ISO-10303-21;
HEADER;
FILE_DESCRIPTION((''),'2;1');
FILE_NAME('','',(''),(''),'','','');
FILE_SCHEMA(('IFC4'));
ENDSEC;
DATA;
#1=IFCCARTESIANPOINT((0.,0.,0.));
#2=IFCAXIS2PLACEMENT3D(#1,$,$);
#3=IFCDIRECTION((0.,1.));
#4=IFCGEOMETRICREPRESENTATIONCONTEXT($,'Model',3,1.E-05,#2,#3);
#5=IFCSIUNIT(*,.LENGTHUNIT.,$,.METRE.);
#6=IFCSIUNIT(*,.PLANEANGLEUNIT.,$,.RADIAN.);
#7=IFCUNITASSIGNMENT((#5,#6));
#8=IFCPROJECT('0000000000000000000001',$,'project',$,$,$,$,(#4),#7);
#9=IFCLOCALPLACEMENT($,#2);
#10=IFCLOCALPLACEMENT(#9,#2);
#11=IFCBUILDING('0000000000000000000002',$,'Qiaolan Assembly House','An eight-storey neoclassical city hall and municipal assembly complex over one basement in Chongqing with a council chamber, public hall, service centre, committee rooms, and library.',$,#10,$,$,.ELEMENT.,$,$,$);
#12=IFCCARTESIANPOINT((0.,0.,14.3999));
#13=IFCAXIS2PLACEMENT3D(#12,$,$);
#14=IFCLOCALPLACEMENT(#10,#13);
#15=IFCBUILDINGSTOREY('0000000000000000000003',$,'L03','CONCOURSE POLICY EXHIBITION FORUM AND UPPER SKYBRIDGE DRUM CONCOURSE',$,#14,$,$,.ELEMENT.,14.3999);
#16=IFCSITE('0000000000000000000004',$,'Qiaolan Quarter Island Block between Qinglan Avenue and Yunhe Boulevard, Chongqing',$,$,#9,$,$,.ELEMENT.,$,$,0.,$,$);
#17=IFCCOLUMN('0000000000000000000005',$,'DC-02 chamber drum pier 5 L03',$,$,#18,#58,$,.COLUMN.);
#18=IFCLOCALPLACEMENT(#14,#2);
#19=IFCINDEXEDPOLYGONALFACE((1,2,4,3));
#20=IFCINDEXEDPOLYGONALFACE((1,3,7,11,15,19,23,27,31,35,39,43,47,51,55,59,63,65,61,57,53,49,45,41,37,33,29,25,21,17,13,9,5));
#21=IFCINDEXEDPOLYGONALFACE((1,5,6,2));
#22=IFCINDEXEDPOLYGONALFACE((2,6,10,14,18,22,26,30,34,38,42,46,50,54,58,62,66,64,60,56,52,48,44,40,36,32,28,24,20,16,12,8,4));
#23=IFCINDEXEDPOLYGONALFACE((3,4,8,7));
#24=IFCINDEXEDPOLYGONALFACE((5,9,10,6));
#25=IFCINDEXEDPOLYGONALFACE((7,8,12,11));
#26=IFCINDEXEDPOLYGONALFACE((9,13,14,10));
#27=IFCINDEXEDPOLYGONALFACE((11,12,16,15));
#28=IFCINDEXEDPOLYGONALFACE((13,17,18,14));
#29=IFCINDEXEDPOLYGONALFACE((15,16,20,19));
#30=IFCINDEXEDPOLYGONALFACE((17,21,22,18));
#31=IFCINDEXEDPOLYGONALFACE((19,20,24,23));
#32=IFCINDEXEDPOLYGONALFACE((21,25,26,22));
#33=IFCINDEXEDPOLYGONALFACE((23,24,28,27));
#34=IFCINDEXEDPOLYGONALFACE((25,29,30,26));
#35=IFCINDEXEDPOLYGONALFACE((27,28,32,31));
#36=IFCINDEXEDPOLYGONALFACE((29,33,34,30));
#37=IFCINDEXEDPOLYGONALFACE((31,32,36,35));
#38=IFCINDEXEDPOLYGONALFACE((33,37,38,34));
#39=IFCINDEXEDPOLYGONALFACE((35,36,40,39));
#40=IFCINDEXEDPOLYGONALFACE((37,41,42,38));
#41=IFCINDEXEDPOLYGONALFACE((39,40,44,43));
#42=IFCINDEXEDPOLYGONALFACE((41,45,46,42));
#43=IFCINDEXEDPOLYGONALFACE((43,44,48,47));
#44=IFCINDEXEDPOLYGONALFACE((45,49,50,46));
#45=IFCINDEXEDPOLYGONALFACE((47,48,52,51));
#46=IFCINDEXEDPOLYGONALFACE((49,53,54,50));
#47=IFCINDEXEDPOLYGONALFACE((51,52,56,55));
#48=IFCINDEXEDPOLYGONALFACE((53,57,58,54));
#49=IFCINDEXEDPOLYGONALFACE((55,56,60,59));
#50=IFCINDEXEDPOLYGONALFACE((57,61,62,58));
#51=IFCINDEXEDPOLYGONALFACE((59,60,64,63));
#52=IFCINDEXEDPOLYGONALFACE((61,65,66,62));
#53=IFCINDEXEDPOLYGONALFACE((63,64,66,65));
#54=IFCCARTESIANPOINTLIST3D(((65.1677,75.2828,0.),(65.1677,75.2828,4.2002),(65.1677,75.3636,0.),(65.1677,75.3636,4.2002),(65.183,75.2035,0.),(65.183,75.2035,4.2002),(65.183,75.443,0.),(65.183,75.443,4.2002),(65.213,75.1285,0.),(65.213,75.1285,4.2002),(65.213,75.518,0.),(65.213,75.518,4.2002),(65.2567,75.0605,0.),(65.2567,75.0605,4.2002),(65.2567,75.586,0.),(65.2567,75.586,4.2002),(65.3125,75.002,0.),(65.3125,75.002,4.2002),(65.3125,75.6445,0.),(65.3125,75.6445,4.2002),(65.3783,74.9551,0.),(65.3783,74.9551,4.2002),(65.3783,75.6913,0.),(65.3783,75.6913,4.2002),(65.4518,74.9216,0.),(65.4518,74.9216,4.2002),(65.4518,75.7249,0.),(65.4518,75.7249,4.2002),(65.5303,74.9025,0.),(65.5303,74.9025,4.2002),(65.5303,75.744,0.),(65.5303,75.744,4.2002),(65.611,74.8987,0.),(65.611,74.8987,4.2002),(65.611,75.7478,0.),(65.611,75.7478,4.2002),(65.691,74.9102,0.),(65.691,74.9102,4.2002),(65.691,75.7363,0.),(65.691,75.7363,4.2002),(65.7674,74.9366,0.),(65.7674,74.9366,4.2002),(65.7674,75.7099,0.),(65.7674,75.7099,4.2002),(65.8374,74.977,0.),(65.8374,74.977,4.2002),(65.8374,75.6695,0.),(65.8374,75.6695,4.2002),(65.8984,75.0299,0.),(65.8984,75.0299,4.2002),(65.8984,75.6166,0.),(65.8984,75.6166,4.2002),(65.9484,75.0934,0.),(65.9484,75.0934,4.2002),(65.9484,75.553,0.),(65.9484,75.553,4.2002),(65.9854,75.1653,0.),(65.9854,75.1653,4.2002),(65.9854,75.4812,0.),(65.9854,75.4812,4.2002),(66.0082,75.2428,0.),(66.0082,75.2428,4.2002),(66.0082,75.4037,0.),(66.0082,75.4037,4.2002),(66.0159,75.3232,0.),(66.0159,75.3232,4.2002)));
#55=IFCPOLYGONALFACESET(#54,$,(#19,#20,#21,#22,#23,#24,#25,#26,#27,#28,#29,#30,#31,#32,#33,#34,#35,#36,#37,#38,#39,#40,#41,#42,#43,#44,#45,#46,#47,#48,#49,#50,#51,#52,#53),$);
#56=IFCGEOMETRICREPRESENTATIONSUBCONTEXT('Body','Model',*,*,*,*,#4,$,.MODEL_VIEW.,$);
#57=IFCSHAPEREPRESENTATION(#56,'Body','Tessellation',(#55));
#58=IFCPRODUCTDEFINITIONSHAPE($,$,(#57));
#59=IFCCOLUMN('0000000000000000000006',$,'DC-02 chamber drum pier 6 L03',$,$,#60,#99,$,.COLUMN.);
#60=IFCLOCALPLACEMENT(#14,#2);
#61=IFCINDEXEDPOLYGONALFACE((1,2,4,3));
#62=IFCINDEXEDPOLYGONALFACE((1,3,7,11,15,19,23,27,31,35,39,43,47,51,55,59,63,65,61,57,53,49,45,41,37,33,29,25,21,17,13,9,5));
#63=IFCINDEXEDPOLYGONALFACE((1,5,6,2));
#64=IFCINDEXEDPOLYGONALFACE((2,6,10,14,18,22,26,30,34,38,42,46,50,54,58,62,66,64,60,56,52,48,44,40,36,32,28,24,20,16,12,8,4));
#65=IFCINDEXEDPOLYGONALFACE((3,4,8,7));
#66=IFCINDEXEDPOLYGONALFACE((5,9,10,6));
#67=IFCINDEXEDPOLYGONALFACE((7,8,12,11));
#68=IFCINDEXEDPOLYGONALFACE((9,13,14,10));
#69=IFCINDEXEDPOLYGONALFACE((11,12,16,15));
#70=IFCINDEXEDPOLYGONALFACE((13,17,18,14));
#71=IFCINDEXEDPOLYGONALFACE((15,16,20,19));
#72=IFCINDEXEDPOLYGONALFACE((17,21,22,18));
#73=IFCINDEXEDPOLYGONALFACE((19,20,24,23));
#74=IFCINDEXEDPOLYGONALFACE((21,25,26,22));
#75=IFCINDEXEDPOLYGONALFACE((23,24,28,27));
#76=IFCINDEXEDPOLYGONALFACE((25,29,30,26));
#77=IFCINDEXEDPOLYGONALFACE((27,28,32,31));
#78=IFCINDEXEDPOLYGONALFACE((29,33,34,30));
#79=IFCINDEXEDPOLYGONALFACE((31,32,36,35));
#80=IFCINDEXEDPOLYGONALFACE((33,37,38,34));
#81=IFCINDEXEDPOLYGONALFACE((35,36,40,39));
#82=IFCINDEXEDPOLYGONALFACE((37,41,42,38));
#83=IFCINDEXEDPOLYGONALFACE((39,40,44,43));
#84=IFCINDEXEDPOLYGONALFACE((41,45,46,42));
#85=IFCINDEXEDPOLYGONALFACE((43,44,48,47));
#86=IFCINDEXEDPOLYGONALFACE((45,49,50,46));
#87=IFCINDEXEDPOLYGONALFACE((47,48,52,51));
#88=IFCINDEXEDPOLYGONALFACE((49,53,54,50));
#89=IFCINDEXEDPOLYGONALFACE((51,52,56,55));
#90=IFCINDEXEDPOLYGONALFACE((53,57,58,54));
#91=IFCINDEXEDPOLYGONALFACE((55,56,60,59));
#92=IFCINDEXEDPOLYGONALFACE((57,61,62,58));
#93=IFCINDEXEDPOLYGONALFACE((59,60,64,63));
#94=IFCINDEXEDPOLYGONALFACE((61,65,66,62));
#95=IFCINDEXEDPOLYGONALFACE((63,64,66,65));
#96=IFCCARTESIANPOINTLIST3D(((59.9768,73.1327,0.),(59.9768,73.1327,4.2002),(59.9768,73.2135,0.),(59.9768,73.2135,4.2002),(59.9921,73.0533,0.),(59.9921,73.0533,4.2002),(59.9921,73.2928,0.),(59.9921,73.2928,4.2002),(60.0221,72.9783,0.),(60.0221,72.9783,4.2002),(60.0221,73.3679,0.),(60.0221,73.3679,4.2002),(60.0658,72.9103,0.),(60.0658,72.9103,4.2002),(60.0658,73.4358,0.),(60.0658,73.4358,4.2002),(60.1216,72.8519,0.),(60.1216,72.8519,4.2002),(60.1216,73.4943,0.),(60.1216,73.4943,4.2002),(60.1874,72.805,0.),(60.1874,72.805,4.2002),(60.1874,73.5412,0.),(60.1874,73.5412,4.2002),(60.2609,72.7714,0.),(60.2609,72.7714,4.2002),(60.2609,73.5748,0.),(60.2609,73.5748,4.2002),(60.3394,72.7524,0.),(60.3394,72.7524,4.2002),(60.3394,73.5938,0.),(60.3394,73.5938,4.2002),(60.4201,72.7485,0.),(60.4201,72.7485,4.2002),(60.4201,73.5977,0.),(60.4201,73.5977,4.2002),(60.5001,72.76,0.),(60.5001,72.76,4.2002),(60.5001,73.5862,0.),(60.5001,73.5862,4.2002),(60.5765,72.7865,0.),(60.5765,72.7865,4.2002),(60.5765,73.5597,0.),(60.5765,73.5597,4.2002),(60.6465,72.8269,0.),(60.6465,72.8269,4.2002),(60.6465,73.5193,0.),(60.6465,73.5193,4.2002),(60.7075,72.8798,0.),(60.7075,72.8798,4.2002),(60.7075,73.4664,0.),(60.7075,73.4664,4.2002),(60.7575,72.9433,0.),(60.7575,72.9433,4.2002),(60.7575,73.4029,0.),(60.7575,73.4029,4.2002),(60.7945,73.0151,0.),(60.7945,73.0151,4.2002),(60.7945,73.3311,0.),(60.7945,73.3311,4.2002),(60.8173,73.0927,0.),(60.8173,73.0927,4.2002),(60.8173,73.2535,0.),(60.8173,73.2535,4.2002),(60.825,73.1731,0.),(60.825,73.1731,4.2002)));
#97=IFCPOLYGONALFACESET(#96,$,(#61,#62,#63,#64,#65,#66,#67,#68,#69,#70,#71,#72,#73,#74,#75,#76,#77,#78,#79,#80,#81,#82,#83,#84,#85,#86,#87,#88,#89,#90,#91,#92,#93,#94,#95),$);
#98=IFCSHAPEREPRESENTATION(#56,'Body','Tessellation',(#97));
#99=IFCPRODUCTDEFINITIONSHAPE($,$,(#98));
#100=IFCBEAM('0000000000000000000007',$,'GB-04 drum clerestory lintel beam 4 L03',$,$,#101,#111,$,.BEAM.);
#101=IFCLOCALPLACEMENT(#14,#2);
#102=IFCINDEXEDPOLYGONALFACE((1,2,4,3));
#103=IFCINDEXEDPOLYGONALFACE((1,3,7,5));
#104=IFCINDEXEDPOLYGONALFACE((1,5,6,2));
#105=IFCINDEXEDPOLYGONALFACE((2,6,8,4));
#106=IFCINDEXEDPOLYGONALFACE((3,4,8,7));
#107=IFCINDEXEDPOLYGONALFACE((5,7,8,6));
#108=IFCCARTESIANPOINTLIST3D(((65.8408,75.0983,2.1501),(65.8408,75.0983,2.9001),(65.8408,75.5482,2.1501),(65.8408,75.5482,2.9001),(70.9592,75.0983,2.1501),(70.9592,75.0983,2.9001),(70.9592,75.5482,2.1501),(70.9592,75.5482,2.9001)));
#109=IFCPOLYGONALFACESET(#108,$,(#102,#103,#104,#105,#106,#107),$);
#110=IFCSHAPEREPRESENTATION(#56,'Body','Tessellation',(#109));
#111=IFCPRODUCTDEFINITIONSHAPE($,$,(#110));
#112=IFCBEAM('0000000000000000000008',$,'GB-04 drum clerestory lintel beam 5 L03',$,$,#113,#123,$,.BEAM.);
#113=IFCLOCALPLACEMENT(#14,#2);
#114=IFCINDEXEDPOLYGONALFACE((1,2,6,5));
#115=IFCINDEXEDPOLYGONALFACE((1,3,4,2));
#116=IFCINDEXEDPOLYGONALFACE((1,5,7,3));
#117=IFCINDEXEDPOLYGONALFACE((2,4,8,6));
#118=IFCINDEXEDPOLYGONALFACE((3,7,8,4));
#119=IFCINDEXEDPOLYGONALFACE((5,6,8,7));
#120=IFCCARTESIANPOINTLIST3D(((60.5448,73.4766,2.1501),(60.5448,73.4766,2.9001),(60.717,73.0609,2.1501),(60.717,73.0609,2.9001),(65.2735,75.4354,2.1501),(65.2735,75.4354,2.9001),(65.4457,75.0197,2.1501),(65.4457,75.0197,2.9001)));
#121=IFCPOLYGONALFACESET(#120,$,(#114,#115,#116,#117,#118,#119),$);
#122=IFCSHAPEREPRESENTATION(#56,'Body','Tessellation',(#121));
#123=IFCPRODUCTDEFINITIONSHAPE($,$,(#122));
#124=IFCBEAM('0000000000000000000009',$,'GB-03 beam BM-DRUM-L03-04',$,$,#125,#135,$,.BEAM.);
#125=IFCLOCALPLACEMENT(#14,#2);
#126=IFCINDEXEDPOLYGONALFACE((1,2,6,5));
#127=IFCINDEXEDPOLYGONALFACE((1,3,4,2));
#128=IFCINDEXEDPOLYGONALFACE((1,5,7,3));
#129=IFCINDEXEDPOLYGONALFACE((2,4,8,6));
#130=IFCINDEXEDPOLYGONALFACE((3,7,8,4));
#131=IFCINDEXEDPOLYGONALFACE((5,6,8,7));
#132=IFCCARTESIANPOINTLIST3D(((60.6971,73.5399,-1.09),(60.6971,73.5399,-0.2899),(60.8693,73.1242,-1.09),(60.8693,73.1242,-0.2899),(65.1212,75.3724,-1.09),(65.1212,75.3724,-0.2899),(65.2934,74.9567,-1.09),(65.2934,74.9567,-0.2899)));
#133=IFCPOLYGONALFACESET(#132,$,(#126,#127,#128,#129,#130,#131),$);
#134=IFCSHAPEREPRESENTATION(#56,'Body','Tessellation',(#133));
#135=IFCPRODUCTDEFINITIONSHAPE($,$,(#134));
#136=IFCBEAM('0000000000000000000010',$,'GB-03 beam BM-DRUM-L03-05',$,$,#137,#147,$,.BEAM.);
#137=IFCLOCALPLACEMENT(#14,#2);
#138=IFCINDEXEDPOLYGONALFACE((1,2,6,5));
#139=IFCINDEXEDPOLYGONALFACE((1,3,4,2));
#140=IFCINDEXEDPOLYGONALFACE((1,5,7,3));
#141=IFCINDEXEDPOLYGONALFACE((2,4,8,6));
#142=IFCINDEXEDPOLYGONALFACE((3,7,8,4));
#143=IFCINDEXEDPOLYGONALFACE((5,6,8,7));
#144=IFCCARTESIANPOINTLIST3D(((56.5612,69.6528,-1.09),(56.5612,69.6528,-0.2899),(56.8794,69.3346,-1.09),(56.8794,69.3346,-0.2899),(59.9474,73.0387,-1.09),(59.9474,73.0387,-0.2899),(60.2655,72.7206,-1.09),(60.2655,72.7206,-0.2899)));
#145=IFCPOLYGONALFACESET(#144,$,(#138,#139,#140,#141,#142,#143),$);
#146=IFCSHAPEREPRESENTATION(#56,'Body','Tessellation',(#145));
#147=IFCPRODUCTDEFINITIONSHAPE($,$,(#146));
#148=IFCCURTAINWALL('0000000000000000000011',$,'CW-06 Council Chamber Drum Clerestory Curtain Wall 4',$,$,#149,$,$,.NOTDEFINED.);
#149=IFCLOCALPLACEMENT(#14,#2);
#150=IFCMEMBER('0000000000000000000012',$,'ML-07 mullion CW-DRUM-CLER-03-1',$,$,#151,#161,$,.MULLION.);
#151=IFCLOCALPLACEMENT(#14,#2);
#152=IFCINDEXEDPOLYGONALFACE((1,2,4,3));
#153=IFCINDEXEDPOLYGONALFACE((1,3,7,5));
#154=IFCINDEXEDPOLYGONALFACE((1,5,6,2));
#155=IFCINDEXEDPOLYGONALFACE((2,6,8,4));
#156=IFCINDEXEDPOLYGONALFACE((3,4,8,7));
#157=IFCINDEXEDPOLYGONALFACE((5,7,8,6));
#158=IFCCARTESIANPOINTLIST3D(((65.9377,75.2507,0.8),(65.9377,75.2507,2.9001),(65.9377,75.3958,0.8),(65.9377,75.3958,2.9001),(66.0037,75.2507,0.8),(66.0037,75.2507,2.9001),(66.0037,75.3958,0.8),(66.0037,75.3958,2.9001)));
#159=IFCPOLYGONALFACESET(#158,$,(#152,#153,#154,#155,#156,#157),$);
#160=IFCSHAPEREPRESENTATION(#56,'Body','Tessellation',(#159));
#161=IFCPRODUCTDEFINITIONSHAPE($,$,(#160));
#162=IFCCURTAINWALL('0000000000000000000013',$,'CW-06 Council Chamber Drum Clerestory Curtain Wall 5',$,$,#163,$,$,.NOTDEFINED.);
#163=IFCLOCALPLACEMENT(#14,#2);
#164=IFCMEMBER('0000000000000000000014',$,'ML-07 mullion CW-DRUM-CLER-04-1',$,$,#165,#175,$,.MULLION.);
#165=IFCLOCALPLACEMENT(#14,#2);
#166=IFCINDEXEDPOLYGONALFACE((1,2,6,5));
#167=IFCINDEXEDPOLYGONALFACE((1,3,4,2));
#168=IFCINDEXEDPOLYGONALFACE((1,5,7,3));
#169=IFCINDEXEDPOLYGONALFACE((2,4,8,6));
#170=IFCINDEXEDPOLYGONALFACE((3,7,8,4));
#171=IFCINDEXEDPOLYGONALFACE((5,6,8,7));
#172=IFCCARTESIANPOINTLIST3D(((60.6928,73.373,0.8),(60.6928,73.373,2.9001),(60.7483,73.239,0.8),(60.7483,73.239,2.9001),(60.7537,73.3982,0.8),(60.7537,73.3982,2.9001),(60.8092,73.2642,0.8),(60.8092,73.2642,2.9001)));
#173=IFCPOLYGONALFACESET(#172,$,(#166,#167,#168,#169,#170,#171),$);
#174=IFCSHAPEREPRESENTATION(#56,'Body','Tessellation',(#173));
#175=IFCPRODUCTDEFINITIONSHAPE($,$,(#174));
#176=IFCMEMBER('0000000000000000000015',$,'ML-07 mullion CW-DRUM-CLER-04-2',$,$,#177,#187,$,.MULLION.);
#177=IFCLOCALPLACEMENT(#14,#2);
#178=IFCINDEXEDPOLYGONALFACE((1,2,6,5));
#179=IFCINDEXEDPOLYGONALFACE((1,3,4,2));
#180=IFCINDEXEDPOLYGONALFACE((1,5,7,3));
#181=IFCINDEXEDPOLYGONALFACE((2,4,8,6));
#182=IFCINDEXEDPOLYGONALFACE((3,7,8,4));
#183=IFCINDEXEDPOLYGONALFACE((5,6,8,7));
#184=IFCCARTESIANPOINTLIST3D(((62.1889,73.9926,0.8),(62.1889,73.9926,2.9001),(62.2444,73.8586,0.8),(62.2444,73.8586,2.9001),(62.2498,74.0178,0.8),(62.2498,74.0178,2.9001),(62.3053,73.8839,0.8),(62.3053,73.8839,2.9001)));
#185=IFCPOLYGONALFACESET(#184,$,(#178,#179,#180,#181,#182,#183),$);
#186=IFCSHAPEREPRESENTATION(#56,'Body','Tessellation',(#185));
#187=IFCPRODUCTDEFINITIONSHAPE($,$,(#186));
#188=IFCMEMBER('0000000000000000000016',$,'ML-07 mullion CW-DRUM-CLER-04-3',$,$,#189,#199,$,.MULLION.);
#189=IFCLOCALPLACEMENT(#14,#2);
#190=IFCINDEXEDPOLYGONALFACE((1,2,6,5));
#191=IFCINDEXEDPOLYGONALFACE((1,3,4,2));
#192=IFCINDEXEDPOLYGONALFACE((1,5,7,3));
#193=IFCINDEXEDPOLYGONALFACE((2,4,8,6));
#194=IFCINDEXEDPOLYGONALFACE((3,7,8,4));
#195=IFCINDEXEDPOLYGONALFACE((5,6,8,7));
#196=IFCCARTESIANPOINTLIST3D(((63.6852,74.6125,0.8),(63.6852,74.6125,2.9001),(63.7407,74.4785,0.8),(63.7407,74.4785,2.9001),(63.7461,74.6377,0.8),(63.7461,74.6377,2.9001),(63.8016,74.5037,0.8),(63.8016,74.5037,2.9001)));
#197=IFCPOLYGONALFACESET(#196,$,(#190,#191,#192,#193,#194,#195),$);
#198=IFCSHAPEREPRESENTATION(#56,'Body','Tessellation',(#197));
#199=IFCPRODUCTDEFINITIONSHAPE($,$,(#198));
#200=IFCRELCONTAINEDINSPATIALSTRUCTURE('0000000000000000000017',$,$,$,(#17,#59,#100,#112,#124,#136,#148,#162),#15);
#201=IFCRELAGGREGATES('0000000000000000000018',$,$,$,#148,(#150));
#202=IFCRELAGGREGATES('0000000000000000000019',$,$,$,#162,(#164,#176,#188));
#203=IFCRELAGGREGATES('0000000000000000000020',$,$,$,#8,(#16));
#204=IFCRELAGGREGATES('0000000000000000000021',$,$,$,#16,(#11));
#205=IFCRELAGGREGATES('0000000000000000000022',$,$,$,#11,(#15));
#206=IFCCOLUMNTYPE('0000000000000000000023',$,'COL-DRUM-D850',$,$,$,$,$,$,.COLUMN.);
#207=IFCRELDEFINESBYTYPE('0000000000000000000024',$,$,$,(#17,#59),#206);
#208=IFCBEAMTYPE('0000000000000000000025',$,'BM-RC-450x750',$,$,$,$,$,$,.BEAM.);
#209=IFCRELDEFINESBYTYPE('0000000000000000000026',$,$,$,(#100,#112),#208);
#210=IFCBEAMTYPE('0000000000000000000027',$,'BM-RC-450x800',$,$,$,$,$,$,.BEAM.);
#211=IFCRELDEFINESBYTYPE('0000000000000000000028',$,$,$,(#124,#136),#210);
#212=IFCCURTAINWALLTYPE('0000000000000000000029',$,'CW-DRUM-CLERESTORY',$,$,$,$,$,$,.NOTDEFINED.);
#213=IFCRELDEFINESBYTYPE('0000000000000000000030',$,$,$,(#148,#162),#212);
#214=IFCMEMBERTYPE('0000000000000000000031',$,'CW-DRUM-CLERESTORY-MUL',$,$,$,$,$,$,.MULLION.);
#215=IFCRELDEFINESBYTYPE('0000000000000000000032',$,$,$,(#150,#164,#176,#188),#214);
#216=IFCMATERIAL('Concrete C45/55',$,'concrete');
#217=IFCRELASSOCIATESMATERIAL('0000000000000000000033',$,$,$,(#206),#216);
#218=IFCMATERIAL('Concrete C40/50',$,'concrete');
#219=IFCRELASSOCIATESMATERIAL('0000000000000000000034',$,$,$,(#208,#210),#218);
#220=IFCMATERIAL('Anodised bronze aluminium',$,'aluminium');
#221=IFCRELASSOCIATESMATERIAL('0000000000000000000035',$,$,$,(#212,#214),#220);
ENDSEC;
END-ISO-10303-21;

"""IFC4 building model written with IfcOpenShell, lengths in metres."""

from ifc_helpers import new_model, si_unit, direction, frame, origin, origin_2d, place, context, subcontext, project, spatial, rectangle, circle, extrude, material, material_profile, profile_set, type_object, element, aggregate, save


model = new_model("IFC4")

# Units and contexts
model_context = context("Model", 3, precision=1e-05, world=origin(), true_north=direction((0.0, 1.0)))
body_context = subcontext(model_context, "Body", "Model", "MODEL_VIEW")
ifc_project = project(units=[si_unit("LENGTHUNIT", "METRE"), si_unit("PLANEANGLEUNIT", "RADIAN")], contexts=[model_context])

# Site, building, storey
site_placement = place(None, origin())
site = spatial("IfcSite", under=ifc_project, at=site_placement, Name="Qiaolan Quarter Island Block between Qinglan Avenue and Yunhe Boulevard, Chongqing", CompositionType="ELEMENT", RefElevation=0.0)
building_placement = place(site_placement, origin())
building = spatial("IfcBuilding", under=site, at=building_placement, Name="Qiaolan Assembly House", Description="An eight-storey neoclassical city hall and municipal assembly complex over one basement in Chongqing with a council chamber, public hall, service centre, committee rooms, and library.", CompositionType="ELEMENT")
storey_placement = place(building_placement, frame((0.0, 0.0, 14.3999)))
storey = spatial("IfcBuildingStorey", under=building, at=storey_placement, Name="L03", Description="CONCOURSE POLICY EXHIBITION FORUM AND UPPER SKYBRIDGE DRUM CONCOURSE", CompositionType="ELEMENT", Elevation=14.3999)

# Columns
ifc_material_1 = material(Name="Concrete C45/55", Category="concrete")
ifc_material_profile_1 = material_profile(ifc_material_1, circle(Radius=0.425, at=origin_2d()), Name="CIRC D850")
ifc_profile_set_1 = profile_set([ifc_material_profile_1], Name="Concrete C45/55")
column_type = type_object("IfcColumnType", Name="COL-DRUM-D850", PredefinedType="COLUMN", material=ifc_profile_set_1)
for number, where, z_axis, x_axis, name in (
    (1, (65.5908, 75.3232, 0.0), (0.0, 0.0, 1.0), (1.0, 0.0, 0.0), "DC-02 chamber drum pier 5 L03"),
    (2, (60.3999, 73.1731, 0.0), (0.0, 0.0, 1.0), (1.0, 0.0, 0.0), "DC-02 chamber drum pier 6 L03"),
):
    element("IfcColumn", number, at=place(storey_placement, frame(where, z_axis=z_axis, x_axis=x_axis)), inside=storey, type_object=column_type, Name=name, PredefinedType="COLUMN", context=body_context, shape_type="SweptSolid", body=[
        extrude(circle(Radius=0.425, at=origin_2d()), origin(), (0.0, 0.0, 1.0), 4.2002),
    ])

# Beams
ifc_material_2 = material(Name="Concrete C40/50", Category="concrete")
ifc_material_profile_2 = material_profile(ifc_material_2, rectangle(XDim=0.45, YDim=0.75, at=origin_2d()), Name="RCB 450x750")
ifc_profile_set_2 = profile_set([ifc_material_profile_2], Name="Concrete C40/50")
beam_type_1 = type_object("IfcBeamType", Name="BM-RC-450x750", PredefinedType="BEAM", material=ifc_profile_set_2)
for number, where, z_axis, x_axis, name in (
    (3, (65.8408, 75.3232, 2.5251), (1.0, 0.0, 0.0), (0.0, 1.0, 0.0), "GB-04 drum clerestory lintel beam 4 L03"),
    (4, (60.6309, 73.2688, 2.5251), (0.923878, 0.382687, 0.0), (-0.382687, 0.923878, 0.0), "GB-04 drum clerestory lintel beam 5 L03"),
):
    element("IfcBeam", number, at=place(storey_placement, frame(where, z_axis=z_axis, x_axis=x_axis)), inside=storey, type_object=beam_type_1, Name=name, PredefinedType="BEAM", context=body_context, shape_type="SweptSolid", body=[
        extrude(rectangle(XDim=0.45, YDim=0.75, at=origin_2d()), origin(), (0.0, 0.0, 1.0), 5.1184),
    ])
ifc_material_profile_3 = material_profile(ifc_material_2, rectangle(XDim=0.45, YDim=0.8, at=origin_2d()), Name="RCB 450x800")
ifc_profile_set_3 = profile_set([ifc_material_profile_3], Name="Concrete C40/50")
beam_type_2 = type_object("IfcBeamType", Name="BM-RC-450x800", PredefinedType="BEAM", material=ifc_profile_set_3)
for number, where, z_axis, x_axis, name in (
    (5, (65.2073, 75.1646, -0.6899), (-0.923879, -0.382685, 0.0), (0.382685, -0.923879, 0.0), "GB-03 beam BM-DRUM-L03-04"),
    (6, (60.1064, 72.8796, -0.6899), (-0.707132, -0.707081, 0.0), (0.707081, -0.707132, 0.0), "GB-03 beam BM-DRUM-L03-05"),
):
    element("IfcBeam", number, at=place(storey_placement, frame(where, z_axis=z_axis, x_axis=x_axis)), inside=storey, type_object=beam_type_2, Name=name, PredefinedType="BEAM", context=body_context, shape_type="SweptSolid", body=[
        extrude(rectangle(XDim=0.45, YDim=0.8, at=origin_2d()), origin(), (0.0, 0.0, 1.0), 4.7886),
    ])

# Curtain wall, member
ifc_material_3 = material(Name="Anodised bronze aluminium", Category="aluminium")
curtain_wall_type = type_object("IfcCurtainWallType", Name="CW-DRUM-CLERESTORY", PredefinedType="NOTDEFINED", material=ifc_material_3)
curtain_wall_1_placement = place(storey_placement, origin())
curtain_wall_1 = element("IfcCurtainWall", 7, at=curtain_wall_1_placement, inside=storey, type_object=curtain_wall_type, Name="CW-06 Council Chamber Drum Clerestory Curtain Wall 4", PredefinedType="NOTDEFINED")
ifc_material_profile_4 = material_profile(ifc_material_3, rectangle(XDim=0.0659, YDim=0.145, at=origin_2d()), Name="MUL 66x145")
ifc_profile_set_4 = profile_set([ifc_material_profile_4], Name="Anodised bronze aluminium")
member_type_1 = type_object("IfcMemberType", Name="CW-DRUM-CLERESTORY-MUL", PredefinedType="MULLION", material=ifc_profile_set_4)
member_1_placement = place(storey_placement, frame((65.9707, 75.3232, 0.8), z_axis=(0.0, 0.0, 1.0), x_axis=(1.0, 0.0, 0.0)))
member_1 = element("IfcMember", 8, at=member_1_placement, type_object=member_type_1, Name="ML-07 mullion CW-DRUM-CLER-03-1", PredefinedType="MULLION", context=body_context, shape_type="SweptSolid", body=[
    extrude(rectangle(XDim=0.0659, YDim=0.145, at=origin_2d()), origin(), (0.0, 0.0, 1.0), 2.1001),
])

# Curtain wall, members
curtain_wall_2_placement = place(storey_placement, origin())
curtain_wall_2 = element("IfcCurtainWall", 9, at=curtain_wall_2_placement, inside=storey, type_object=curtain_wall_type, Name="CW-06 Council Chamber Drum Clerestory Curtain Wall 5", PredefinedType="NOTDEFINED")
member_2_placement = place(storey_placement, frame((60.751, 73.3186, 0.8), z_axis=(0.0, 0.0, 1.0), x_axis=(0.92388, 0.382683, 0.0)))
member_2 = element("IfcMember", 10, at=member_2_placement, type_object=member_type_1, Name="ML-07 mullion CW-DRUM-CLER-04-1", PredefinedType="MULLION", context=body_context, shape_type="SweptSolid", body=[
    extrude(rectangle(XDim=0.0659, YDim=0.145, at=origin_2d()), origin(), (0.0, 0.0, 1.0), 2.1001),
])
member_3_placement = place(storey_placement, frame((62.2471, 73.9382, 0.8), z_axis=(0.0, 0.0, 1.0), x_axis=(0.92388, 0.382683, 0.0)))
member_3 = element("IfcMember", 11, at=member_3_placement, type_object=member_type_1, Name="ML-07 mullion CW-DRUM-CLER-04-2", PredefinedType="MULLION", context=body_context, shape_type="SweptSolid", body=[
    extrude(rectangle(XDim=0.0659, YDim=0.145, at=origin_2d()), origin(), (0.0, 0.0, 1.0), 2.1001),
])
member_4_placement = place(storey_placement, frame((63.7434, 74.5581, 0.8), z_axis=(0.0, 0.0, 1.0), x_axis=(0.92388, 0.382683, 0.0)))
member_4 = element("IfcMember", 12, at=member_4_placement, type_object=member_type_1, Name="ML-07 mullion CW-DRUM-CLER-04-3", PredefinedType="MULLION", context=body_context, shape_type="SweptSolid", body=[
    extrude(rectangle(XDim=0.0659, YDim=0.145, at=origin_2d()), origin(), (0.0, 0.0, 1.0), 2.1001),
])

aggregate(curtain_wall_1, [member_1])
aggregate(curtain_wall_2, [member_2, member_3, member_4])

save(model, "model.ifc")
